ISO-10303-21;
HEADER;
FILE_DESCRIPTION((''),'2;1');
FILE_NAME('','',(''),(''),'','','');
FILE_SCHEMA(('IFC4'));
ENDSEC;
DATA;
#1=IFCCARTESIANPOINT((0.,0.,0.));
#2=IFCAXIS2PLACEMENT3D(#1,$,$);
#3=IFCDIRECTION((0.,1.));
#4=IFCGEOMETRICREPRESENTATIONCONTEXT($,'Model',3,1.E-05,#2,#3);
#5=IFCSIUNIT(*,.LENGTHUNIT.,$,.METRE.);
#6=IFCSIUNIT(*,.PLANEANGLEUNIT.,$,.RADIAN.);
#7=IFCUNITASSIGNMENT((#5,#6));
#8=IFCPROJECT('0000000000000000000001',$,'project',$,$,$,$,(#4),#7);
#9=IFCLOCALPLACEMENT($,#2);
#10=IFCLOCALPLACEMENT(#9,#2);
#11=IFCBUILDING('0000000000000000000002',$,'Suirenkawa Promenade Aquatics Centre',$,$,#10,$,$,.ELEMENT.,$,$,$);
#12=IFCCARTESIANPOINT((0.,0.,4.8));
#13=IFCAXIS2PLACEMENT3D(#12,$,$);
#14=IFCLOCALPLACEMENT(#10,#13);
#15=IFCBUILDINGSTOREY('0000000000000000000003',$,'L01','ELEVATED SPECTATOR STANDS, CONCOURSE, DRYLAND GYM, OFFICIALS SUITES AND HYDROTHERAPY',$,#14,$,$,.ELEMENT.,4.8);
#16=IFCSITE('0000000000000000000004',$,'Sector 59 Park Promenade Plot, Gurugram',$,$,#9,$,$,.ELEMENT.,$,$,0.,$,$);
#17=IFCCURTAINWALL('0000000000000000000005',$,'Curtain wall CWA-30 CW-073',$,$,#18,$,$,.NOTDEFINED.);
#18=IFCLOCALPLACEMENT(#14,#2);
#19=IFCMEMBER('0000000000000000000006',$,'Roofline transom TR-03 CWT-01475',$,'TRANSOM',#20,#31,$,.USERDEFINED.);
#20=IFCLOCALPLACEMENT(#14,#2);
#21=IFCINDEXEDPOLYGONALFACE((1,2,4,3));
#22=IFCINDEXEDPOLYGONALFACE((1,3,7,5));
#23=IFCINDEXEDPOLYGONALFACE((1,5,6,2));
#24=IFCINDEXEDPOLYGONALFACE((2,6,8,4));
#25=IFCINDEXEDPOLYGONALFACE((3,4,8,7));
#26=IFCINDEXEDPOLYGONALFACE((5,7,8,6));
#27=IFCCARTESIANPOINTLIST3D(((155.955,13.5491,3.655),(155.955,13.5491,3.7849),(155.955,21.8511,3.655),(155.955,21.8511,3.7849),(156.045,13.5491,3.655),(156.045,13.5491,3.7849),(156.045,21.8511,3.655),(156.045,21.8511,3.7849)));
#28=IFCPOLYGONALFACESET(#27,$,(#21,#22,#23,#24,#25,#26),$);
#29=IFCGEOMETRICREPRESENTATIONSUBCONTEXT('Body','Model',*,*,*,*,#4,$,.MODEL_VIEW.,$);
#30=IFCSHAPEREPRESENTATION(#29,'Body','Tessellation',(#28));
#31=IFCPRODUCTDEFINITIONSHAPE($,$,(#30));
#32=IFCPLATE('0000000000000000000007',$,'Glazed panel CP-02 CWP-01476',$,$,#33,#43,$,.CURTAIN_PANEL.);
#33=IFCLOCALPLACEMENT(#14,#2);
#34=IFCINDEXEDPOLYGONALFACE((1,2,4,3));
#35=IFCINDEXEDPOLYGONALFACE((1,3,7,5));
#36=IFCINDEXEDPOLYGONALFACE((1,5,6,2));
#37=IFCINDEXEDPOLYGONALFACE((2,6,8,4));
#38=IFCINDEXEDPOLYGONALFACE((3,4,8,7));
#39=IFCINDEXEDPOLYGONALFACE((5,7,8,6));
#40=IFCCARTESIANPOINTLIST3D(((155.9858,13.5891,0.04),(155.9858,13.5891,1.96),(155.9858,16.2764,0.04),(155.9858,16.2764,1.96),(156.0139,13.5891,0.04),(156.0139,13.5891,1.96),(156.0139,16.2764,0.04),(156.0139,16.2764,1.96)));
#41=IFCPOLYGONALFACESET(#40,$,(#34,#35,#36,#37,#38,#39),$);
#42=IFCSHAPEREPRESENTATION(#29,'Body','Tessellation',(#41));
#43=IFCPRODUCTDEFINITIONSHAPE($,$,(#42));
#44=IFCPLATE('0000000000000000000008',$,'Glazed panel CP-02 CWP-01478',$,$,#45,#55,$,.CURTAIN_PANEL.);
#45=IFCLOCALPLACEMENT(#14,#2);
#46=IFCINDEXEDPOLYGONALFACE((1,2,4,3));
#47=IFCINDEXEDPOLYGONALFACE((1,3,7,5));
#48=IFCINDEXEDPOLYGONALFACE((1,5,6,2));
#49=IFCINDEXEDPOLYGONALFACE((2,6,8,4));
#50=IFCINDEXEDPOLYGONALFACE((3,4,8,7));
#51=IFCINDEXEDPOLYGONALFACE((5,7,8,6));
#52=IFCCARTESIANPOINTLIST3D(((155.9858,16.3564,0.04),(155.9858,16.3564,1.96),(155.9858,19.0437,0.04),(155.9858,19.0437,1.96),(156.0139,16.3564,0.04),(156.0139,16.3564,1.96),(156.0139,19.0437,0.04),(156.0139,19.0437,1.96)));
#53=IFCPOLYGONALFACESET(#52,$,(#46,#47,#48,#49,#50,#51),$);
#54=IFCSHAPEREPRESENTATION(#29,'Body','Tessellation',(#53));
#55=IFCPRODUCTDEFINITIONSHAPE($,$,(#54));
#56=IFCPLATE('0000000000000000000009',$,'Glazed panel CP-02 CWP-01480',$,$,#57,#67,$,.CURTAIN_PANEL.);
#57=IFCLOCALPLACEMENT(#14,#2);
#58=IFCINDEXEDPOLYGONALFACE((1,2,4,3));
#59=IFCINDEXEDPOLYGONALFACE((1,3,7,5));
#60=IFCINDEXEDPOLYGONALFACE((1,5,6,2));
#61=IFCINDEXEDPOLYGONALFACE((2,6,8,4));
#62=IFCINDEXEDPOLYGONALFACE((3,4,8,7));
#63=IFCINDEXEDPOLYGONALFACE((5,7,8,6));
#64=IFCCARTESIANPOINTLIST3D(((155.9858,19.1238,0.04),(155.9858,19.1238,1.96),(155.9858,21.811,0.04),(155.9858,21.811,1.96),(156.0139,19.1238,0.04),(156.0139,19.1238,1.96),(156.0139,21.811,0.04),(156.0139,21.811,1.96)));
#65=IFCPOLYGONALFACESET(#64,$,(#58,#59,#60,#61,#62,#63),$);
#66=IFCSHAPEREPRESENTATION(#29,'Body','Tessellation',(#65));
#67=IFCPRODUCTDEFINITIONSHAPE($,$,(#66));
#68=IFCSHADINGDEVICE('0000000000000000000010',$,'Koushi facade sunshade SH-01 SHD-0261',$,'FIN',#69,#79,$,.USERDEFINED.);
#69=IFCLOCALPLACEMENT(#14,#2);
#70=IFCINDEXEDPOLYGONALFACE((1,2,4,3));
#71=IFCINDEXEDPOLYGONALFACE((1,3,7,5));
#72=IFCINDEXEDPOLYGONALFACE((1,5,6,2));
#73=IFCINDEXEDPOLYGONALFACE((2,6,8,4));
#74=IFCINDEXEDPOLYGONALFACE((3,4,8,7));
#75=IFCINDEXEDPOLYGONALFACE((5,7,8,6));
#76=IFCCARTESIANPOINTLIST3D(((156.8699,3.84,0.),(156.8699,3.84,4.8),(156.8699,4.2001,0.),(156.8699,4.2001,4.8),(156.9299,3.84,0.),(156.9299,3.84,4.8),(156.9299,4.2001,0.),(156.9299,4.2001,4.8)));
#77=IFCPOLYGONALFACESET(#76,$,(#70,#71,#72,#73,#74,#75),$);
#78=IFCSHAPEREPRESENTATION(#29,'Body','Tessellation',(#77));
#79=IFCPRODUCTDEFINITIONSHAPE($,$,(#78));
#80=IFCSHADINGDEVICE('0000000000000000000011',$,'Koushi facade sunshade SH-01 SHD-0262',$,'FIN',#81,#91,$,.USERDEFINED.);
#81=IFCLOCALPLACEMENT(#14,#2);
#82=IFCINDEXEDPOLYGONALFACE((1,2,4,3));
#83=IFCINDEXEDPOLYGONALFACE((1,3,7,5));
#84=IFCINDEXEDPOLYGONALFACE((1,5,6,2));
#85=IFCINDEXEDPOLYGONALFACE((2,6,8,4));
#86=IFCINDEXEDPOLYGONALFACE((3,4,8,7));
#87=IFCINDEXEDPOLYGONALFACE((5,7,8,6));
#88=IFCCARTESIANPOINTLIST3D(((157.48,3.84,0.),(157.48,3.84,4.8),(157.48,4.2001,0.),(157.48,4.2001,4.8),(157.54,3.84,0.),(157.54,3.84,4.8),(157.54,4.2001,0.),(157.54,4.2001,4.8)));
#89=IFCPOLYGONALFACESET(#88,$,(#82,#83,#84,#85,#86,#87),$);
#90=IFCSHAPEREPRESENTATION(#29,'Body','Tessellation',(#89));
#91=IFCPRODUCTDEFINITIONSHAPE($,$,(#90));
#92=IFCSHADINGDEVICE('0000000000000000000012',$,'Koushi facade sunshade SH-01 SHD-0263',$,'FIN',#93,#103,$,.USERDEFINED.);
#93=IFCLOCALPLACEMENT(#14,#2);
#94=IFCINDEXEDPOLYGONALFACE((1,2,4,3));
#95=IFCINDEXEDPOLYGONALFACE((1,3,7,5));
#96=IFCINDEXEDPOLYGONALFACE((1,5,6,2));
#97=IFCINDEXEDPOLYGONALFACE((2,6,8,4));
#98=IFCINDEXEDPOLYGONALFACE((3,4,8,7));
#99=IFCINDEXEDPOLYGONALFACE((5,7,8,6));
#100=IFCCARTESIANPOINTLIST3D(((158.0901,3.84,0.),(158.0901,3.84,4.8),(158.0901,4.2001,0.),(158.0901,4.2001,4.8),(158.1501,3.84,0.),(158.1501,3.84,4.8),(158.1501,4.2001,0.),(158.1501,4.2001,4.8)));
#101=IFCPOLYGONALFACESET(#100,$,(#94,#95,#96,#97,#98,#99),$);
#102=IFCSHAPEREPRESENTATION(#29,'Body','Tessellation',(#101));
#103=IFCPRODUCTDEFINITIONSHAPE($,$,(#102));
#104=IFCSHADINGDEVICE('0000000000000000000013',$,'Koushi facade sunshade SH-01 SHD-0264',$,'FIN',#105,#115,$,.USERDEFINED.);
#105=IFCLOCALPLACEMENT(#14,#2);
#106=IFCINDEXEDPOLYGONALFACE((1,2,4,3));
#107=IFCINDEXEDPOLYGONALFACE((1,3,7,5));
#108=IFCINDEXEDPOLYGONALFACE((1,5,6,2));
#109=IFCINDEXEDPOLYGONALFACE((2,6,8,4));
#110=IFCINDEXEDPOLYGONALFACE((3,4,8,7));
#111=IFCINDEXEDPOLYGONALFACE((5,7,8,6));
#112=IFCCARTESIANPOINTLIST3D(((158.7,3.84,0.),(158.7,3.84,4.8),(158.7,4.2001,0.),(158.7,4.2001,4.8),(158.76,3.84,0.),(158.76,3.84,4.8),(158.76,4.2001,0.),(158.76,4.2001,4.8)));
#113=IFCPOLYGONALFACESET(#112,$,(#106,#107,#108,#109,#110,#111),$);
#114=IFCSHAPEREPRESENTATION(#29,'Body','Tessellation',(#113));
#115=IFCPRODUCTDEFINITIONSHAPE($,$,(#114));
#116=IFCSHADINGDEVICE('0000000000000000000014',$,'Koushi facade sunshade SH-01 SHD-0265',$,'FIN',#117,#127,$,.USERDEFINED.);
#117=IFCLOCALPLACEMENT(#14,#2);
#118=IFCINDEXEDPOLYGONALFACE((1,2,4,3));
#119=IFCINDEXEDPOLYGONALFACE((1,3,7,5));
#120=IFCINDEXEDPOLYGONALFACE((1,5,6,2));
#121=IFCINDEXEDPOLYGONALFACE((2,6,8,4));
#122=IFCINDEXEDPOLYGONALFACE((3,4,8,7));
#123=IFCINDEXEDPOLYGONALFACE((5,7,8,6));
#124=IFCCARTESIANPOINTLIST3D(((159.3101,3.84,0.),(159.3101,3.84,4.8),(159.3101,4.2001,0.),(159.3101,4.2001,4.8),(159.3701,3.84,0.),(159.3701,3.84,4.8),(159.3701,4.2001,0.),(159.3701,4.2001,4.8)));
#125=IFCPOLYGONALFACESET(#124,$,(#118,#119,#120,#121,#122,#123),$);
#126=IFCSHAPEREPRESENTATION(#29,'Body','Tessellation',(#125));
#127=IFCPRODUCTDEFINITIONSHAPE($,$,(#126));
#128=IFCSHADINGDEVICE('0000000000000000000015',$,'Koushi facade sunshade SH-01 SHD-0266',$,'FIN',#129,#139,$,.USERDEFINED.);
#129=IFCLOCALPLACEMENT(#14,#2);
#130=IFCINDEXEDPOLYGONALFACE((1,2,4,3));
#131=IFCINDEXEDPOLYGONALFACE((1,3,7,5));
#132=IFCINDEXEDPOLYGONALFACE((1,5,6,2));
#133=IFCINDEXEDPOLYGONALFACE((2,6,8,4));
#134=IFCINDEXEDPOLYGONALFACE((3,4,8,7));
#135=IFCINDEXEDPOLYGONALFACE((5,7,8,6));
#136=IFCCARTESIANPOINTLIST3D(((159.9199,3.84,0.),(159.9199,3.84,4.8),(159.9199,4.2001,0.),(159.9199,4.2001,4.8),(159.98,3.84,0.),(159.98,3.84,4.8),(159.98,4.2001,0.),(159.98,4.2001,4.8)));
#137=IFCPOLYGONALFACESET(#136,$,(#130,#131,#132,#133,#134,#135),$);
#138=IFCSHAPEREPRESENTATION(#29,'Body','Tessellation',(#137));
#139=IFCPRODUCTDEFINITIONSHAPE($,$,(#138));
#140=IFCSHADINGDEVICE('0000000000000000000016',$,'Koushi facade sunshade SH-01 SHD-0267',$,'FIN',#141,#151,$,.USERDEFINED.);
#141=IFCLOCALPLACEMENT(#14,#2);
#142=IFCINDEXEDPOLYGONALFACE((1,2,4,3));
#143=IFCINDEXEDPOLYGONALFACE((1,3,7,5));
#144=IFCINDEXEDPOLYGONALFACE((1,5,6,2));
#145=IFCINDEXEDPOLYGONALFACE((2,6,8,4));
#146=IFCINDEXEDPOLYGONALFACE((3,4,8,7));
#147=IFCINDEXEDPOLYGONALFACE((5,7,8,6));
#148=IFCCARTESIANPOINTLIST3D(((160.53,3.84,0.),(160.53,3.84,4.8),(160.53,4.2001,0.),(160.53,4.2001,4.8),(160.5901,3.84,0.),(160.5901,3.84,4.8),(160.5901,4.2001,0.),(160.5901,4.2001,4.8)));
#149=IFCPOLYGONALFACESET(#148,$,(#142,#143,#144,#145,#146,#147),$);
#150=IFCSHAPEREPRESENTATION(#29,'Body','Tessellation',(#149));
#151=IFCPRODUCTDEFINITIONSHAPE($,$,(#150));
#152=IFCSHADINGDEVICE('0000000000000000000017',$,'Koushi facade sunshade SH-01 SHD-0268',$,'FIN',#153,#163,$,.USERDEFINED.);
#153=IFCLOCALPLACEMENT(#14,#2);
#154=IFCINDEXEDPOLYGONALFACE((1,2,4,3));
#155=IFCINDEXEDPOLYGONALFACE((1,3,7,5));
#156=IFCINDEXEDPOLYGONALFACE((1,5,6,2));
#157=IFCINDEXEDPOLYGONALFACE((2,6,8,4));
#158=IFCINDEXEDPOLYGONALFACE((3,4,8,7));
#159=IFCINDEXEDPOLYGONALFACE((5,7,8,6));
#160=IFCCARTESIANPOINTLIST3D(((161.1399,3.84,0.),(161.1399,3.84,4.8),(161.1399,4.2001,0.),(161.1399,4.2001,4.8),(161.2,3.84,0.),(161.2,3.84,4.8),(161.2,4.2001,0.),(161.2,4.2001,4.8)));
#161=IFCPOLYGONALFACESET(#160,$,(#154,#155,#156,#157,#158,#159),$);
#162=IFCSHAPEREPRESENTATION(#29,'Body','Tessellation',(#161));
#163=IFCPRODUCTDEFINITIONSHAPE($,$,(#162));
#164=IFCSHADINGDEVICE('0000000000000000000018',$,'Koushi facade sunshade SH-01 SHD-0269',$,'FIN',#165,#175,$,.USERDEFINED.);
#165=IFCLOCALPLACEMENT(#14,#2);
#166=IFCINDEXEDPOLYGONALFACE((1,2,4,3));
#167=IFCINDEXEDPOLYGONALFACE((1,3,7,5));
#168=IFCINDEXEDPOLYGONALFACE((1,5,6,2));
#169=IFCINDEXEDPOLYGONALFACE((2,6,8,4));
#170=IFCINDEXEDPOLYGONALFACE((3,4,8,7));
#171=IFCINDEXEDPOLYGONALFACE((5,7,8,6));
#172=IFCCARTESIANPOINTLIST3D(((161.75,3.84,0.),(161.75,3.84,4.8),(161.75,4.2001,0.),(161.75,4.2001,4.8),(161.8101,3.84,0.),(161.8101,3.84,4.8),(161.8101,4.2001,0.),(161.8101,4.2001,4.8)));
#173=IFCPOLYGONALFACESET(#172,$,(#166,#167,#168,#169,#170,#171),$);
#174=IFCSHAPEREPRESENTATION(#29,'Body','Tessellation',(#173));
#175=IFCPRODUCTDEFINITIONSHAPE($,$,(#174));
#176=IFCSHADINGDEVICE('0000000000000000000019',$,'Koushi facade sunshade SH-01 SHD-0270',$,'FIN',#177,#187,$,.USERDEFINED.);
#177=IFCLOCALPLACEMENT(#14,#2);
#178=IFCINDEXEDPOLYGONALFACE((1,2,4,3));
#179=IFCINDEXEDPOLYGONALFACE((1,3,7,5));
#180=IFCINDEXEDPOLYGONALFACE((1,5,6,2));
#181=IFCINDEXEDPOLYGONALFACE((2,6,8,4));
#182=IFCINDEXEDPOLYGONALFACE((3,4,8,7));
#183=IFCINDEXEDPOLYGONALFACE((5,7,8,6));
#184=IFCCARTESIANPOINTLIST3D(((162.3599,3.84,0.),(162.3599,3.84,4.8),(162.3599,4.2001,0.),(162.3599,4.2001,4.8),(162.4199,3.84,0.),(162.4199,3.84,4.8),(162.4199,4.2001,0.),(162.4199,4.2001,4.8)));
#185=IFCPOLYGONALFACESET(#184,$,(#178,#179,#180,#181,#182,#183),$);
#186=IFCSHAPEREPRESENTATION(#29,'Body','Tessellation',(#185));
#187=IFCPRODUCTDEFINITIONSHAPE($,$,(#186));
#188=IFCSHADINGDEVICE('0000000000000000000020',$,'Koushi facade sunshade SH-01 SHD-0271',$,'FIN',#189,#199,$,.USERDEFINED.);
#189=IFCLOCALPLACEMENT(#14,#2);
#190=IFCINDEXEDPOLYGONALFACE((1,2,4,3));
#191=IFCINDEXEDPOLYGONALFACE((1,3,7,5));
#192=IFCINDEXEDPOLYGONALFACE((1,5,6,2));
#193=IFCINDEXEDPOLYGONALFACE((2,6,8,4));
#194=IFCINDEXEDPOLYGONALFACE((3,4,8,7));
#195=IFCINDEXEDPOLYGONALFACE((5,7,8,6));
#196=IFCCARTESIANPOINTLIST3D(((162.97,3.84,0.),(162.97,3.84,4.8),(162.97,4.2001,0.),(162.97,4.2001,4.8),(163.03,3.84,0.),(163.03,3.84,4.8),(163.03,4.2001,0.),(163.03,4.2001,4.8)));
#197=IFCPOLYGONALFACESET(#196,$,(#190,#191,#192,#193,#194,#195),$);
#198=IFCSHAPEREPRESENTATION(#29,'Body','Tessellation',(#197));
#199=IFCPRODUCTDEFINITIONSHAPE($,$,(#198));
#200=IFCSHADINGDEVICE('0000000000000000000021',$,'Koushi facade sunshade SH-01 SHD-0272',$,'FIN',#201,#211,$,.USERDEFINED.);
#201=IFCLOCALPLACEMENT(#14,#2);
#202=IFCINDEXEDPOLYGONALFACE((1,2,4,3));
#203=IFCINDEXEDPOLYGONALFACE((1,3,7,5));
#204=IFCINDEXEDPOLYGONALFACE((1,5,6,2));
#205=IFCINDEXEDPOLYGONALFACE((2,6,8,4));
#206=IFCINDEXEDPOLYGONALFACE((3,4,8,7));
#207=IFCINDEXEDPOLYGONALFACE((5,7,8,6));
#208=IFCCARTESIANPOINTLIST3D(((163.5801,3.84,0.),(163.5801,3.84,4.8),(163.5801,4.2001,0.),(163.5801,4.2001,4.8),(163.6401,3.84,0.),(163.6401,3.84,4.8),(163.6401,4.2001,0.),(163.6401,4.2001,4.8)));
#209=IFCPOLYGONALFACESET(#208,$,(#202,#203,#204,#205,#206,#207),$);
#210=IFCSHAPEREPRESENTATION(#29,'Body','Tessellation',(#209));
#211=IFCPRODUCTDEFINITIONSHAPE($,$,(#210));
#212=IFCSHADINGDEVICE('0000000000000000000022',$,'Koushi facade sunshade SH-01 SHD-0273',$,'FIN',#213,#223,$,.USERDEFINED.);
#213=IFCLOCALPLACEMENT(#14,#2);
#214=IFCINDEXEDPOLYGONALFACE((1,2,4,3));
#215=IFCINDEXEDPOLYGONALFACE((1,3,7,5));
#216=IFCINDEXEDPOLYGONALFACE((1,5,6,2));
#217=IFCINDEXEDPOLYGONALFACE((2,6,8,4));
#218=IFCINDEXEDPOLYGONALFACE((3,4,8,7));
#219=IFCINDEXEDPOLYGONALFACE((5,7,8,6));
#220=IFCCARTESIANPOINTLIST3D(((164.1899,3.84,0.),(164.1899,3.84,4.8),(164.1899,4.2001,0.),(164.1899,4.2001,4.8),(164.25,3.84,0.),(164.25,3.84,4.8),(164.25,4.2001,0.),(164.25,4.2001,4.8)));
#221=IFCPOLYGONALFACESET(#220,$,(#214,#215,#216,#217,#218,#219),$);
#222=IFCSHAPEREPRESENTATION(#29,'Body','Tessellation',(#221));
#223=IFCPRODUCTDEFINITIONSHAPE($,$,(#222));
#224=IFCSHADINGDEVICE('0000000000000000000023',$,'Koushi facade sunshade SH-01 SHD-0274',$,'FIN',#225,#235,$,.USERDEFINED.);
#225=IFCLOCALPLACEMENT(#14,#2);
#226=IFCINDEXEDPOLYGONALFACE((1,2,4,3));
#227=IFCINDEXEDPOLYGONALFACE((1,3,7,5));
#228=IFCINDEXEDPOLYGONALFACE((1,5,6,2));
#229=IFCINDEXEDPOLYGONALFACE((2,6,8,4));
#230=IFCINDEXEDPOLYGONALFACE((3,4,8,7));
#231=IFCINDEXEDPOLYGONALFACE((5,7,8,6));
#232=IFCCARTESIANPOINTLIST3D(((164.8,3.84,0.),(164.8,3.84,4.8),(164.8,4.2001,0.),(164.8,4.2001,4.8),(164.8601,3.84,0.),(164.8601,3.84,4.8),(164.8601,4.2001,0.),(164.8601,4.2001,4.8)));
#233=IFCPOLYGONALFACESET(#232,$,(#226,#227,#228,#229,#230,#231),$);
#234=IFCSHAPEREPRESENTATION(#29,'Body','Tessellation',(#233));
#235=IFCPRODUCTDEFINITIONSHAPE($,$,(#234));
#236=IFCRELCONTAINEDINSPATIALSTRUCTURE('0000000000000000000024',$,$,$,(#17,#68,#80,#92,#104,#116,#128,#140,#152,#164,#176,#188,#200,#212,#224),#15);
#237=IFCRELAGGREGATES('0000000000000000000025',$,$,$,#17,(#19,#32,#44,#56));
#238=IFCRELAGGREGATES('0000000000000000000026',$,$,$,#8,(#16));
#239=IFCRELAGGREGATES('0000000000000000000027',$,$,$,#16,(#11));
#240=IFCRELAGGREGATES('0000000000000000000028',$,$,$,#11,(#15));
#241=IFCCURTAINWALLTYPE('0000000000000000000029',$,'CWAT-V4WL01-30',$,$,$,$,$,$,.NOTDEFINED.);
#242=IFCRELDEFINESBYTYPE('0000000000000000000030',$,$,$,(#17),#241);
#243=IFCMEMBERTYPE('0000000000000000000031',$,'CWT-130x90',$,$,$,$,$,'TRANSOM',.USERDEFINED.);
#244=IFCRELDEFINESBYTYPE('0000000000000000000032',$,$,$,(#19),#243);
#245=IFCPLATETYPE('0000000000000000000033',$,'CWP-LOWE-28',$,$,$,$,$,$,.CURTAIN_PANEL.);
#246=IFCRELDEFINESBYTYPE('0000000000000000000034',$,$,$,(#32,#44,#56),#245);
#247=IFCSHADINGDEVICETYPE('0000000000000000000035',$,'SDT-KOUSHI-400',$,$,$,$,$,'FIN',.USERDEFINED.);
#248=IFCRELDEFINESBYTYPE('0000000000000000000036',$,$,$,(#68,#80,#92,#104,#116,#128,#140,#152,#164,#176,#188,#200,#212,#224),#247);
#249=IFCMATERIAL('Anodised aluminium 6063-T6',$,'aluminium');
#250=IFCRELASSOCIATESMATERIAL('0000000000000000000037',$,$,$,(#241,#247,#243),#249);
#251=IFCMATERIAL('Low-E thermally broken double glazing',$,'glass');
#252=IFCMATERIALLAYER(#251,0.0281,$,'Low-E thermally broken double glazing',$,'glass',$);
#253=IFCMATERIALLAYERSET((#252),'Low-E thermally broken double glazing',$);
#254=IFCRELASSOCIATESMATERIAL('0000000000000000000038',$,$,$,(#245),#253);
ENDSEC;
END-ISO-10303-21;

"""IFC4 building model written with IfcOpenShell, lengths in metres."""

from ifc_helpers import new_model, si_unit, direction, frame, origin, origin_2d, place, context, subcontext, project, spatial, polyline, rectangle, outline, extrude, material, layer, layer_set, material_profile, profile_set, type_object, element, aggregate, save


model = new_model("IFC4")

# Units and contexts
model_context = context("Model", 3, precision=1e-05, world=origin(), true_north=direction((0.0, 1.0)))
body_context = subcontext(model_context, "Body", "Model", "MODEL_VIEW")
ifc_project = project(units=[si_unit("LENGTHUNIT", "METRE"), si_unit("PLANEANGLEUNIT", "RADIAN")], contexts=[model_context])

# Site, building, storey
site_placement = place(None, origin())
site = spatial("IfcSite", under=ifc_project, at=site_placement, Name="Sector 59 Park Promenade Plot, Gurugram", CompositionType="ELEMENT", RefElevation=0.0)
building_placement = place(site_placement, origin())
building = spatial("IfcBuilding", under=site, at=building_placement, Name="Suirenkawa Promenade Aquatics Centre", CompositionType="ELEMENT")
storey_placement = place(building_placement, frame((0.0, 0.0, 4.8)))
storey = spatial("IfcBuildingStorey", under=building, at=storey_placement, Name="L01", Description="ELEVATED SPECTATOR STANDS, CONCOURSE, DRYLAND GYM, OFFICIALS SUITES AND HYDROTHERAPY", CompositionType="ELEMENT", Elevation=4.8)

# Curtain wall, member, plates
ifc_material_1 = material(Name="Anodised aluminium 6063-T6", Category="aluminium")
curtain_wall_type = type_object("IfcCurtainWallType", Name="CWAT-V4WL01-30", PredefinedType="NOTDEFINED", material=ifc_material_1)
curtain_wall_placement = place(storey_placement, origin())
curtain_wall = element("IfcCurtainWall", 1, at=curtain_wall_placement, inside=storey, type_object=curtain_wall_type, Name="Curtain wall CWA-30 CW-073", PredefinedType="NOTDEFINED")
ifc_material_profile_1 = material_profile(ifc_material_1, rectangle(XDim=0.0901, YDim=0.1299, at=origin_2d()), Name="ALU TRAN 90x130", Category="aluminium")
ifc_profile_set_1 = profile_set([ifc_material_profile_1], Name="Anodised aluminium 6063-T6")
member_type_1 = type_object("IfcMemberType", Name="CWT-130x90", ElementType="TRANSOM", PredefinedType="USERDEFINED", material=ifc_profile_set_1)
member_1_placement = place(storey_placement, frame((156.0, 13.5491, 3.72), z_axis=(0.0, 1.0, 0.0), x_axis=(-1.0, 0.0, 0.0)))
member_1 = element("IfcMember", 2, at=member_1_placement, type_object=member_type_1, Name="Roofline transom TR-03 CWT-01475", ObjectType="TRANSOM", PredefinedType="USERDEFINED", context=body_context, shape_type="SweptSolid", body=[
    extrude(rectangle(XDim=0.0901, YDim=0.1299, at=origin_2d()), origin(), (0.0, 0.0, 1.0), 8.302),
])
ifc_material_2 = material(Name="Low-E thermally broken double glazing", Category="glass")
ifc_layer = layer(ifc_material_2, 0.0281, Name="Low-E thermally broken double glazing", Category="glass")
ifc_layer_set = layer_set([ifc_layer], Name="Low-E thermally broken double glazing")
plate_type = type_object("IfcPlateType", Name="CWP-LOWE-28", PredefinedType="CURTAIN_PANEL", material=ifc_layer_set)
plate_1_placement = place(storey_placement, frame((156.0, 13.5491, 0.04), z_axis=(0.0, 0.0, 1.0), x_axis=(0.0, 1.0, 0.0)))
plate_1 = element("IfcPlate", 3, at=plate_1_placement, type_object=plate_type, Name="Glazed panel CP-02 CWP-01476", PredefinedType="CURTAIN_PANEL", context=body_context, shape_type="SweptSolid", body=[
    extrude(outline(polyline([(0.04, 0.0), (2.7273, 0.0), (2.7273, 1.9199), (0.04, 1.9199), (0.04, 0.0)])), frame((0.0, 0.0142, 0.0), z_axis=(0.0, -1.0, 0.0), x_axis=(1.0, 0.0, 0.0)), (0.0, 0.0, 1.0), 0.0281),
])
plate_2_placement = place(storey_placement, frame((156.0, 16.3164, 0.04), z_axis=(0.0, 0.0, 1.0), x_axis=(0.0, 1.0, 0.0)))
plate_2 = element("IfcPlate", 4, at=plate_2_placement, type_object=plate_type, Name="Glazed panel CP-02 CWP-01478", PredefinedType="CURTAIN_PANEL", context=body_context, shape_type="SweptSolid", body=[
    extrude(outline(polyline([(0.04, 0.0), (2.7273, 0.0), (2.7273, 1.9199), (0.04, 1.9199), (0.04, 0.0)])), frame((0.0, 0.0142, 0.0), z_axis=(0.0, -1.0, 0.0), x_axis=(1.0, 0.0, 0.0)), (0.0, 0.0, 1.0), 0.0281),
])
plate_3_placement = place(storey_placement, frame((156.0, 19.0837, 0.04), z_axis=(0.0, 0.0, 1.0), x_axis=(0.0, 1.0, 0.0)))
plate_3 = element("IfcPlate", 5, at=plate_3_placement, type_object=plate_type, Name="Glazed panel CP-02 CWP-01480", PredefinedType="CURTAIN_PANEL", context=body_context, shape_type="SweptSolid", body=[
    extrude(outline(polyline([(0.04, 0.0), (2.7273, 0.0), (2.7273, 1.9199), (0.04, 1.9199), (0.04, 0.0)])), frame((0.0, 0.0142, 0.0), z_axis=(0.0, -1.0, 0.0), x_axis=(1.0, 0.0, 0.0)), (0.0, 0.0, 1.0), 0.0281),
])
aggregate(curtain_wall, [member_1, plate_1, plate_2, plate_3])

# Shading devices
shading_device_type = type_object("IfcShadingDeviceType", Name="SDT-KOUSHI-400", ElementType="FIN", PredefinedType="USERDEFINED", material=ifc_material_1)
for number, where, z_axis, x_axis, name in (
    (6, (156.8999, 4.02, 0.0), (0.0, 0.0, 1.0), (1.0, 0.0, 0.0), "Koushi facade sunshade SH-01 SHD-0261"),
    (7, (157.51, 4.02, 0.0), (0.0, 0.0, 1.0), (1.0, 0.0, 0.0), "Koushi facade sunshade SH-01 SHD-0262"),
    (8, (158.1201, 4.02, 0.0), (0.0, 0.0, 1.0), (1.0, 0.0, 0.0), "Koushi facade sunshade SH-01 SHD-0263"),
    (9, (158.73, 4.02, 0.0), (0.0, 0.0, 1.0), (1.0, 0.0, 0.0), "Koushi facade sunshade SH-01 SHD-0264"),
    (10, (159.3401, 4.02, 0.0), (0.0, 0.0, 1.0), (1.0, 0.0, 0.0), "Koushi facade sunshade SH-01 SHD-0265"),
    (11, (159.95, 4.02, 0.0), (0.0, 0.0, 1.0), (1.0, 0.0, 0.0), "Koushi facade sunshade SH-01 SHD-0266"),
    (12, (160.5601, 4.02, 0.0), (0.0, 0.0, 1.0), (1.0, 0.0, 0.0), "Koushi facade sunshade SH-01 SHD-0267"),
    (13, (161.1699, 4.02, 0.0), (0.0, 0.0, 1.0), (1.0, 0.0, 0.0), "Koushi facade sunshade SH-01 SHD-0268"),
    (14, (161.78, 4.02, 0.0), (0.0, 0.0, 1.0), (1.0, 0.0, 0.0), "Koushi facade sunshade SH-01 SHD-0269"),
    (15, (162.3899, 4.02, 0.0), (0.0, 0.0, 1.0), (1.0, 0.0, 0.0), "Koushi facade sunshade SH-01 SHD-0270"),
    (16, (163.0, 4.02, 0.0), (0.0, 0.0, 1.0), (1.0, 0.0, 0.0), "Koushi facade sunshade SH-01 SHD-0271"),
    (17, (163.6101, 4.02, 0.0), (0.0, 0.0, 1.0), (1.0, 0.0, 0.0), "Koushi facade sunshade SH-01 SHD-0272"),
    (18, (164.22, 4.02, 0.0), (0.0, 0.0, 1.0), (1.0, 0.0, 0.0), "Koushi facade sunshade SH-01 SHD-0273"),
    (19, (164.8301, 4.02, 0.0), (0.0, 0.0, 1.0), (1.0, 0.0, 0.0), "Koushi facade sunshade SH-01 SHD-0274"),
):
    element("IfcShadingDevice", number, at=place(storey_placement, frame(where, z_axis=z_axis, x_axis=x_axis)), inside=storey, type_object=shading_device_type, Name=name, ObjectType="FIN", PredefinedType="USERDEFINED", context=body_context, shape_type="SweptSolid", body=[
        extrude(rectangle(XDim=0.0601, YDim=0.3601, at=origin_2d()), origin(), (0.0, 0.0, 1.0), 4.8),
    ])

save(model, "model.ifc")
